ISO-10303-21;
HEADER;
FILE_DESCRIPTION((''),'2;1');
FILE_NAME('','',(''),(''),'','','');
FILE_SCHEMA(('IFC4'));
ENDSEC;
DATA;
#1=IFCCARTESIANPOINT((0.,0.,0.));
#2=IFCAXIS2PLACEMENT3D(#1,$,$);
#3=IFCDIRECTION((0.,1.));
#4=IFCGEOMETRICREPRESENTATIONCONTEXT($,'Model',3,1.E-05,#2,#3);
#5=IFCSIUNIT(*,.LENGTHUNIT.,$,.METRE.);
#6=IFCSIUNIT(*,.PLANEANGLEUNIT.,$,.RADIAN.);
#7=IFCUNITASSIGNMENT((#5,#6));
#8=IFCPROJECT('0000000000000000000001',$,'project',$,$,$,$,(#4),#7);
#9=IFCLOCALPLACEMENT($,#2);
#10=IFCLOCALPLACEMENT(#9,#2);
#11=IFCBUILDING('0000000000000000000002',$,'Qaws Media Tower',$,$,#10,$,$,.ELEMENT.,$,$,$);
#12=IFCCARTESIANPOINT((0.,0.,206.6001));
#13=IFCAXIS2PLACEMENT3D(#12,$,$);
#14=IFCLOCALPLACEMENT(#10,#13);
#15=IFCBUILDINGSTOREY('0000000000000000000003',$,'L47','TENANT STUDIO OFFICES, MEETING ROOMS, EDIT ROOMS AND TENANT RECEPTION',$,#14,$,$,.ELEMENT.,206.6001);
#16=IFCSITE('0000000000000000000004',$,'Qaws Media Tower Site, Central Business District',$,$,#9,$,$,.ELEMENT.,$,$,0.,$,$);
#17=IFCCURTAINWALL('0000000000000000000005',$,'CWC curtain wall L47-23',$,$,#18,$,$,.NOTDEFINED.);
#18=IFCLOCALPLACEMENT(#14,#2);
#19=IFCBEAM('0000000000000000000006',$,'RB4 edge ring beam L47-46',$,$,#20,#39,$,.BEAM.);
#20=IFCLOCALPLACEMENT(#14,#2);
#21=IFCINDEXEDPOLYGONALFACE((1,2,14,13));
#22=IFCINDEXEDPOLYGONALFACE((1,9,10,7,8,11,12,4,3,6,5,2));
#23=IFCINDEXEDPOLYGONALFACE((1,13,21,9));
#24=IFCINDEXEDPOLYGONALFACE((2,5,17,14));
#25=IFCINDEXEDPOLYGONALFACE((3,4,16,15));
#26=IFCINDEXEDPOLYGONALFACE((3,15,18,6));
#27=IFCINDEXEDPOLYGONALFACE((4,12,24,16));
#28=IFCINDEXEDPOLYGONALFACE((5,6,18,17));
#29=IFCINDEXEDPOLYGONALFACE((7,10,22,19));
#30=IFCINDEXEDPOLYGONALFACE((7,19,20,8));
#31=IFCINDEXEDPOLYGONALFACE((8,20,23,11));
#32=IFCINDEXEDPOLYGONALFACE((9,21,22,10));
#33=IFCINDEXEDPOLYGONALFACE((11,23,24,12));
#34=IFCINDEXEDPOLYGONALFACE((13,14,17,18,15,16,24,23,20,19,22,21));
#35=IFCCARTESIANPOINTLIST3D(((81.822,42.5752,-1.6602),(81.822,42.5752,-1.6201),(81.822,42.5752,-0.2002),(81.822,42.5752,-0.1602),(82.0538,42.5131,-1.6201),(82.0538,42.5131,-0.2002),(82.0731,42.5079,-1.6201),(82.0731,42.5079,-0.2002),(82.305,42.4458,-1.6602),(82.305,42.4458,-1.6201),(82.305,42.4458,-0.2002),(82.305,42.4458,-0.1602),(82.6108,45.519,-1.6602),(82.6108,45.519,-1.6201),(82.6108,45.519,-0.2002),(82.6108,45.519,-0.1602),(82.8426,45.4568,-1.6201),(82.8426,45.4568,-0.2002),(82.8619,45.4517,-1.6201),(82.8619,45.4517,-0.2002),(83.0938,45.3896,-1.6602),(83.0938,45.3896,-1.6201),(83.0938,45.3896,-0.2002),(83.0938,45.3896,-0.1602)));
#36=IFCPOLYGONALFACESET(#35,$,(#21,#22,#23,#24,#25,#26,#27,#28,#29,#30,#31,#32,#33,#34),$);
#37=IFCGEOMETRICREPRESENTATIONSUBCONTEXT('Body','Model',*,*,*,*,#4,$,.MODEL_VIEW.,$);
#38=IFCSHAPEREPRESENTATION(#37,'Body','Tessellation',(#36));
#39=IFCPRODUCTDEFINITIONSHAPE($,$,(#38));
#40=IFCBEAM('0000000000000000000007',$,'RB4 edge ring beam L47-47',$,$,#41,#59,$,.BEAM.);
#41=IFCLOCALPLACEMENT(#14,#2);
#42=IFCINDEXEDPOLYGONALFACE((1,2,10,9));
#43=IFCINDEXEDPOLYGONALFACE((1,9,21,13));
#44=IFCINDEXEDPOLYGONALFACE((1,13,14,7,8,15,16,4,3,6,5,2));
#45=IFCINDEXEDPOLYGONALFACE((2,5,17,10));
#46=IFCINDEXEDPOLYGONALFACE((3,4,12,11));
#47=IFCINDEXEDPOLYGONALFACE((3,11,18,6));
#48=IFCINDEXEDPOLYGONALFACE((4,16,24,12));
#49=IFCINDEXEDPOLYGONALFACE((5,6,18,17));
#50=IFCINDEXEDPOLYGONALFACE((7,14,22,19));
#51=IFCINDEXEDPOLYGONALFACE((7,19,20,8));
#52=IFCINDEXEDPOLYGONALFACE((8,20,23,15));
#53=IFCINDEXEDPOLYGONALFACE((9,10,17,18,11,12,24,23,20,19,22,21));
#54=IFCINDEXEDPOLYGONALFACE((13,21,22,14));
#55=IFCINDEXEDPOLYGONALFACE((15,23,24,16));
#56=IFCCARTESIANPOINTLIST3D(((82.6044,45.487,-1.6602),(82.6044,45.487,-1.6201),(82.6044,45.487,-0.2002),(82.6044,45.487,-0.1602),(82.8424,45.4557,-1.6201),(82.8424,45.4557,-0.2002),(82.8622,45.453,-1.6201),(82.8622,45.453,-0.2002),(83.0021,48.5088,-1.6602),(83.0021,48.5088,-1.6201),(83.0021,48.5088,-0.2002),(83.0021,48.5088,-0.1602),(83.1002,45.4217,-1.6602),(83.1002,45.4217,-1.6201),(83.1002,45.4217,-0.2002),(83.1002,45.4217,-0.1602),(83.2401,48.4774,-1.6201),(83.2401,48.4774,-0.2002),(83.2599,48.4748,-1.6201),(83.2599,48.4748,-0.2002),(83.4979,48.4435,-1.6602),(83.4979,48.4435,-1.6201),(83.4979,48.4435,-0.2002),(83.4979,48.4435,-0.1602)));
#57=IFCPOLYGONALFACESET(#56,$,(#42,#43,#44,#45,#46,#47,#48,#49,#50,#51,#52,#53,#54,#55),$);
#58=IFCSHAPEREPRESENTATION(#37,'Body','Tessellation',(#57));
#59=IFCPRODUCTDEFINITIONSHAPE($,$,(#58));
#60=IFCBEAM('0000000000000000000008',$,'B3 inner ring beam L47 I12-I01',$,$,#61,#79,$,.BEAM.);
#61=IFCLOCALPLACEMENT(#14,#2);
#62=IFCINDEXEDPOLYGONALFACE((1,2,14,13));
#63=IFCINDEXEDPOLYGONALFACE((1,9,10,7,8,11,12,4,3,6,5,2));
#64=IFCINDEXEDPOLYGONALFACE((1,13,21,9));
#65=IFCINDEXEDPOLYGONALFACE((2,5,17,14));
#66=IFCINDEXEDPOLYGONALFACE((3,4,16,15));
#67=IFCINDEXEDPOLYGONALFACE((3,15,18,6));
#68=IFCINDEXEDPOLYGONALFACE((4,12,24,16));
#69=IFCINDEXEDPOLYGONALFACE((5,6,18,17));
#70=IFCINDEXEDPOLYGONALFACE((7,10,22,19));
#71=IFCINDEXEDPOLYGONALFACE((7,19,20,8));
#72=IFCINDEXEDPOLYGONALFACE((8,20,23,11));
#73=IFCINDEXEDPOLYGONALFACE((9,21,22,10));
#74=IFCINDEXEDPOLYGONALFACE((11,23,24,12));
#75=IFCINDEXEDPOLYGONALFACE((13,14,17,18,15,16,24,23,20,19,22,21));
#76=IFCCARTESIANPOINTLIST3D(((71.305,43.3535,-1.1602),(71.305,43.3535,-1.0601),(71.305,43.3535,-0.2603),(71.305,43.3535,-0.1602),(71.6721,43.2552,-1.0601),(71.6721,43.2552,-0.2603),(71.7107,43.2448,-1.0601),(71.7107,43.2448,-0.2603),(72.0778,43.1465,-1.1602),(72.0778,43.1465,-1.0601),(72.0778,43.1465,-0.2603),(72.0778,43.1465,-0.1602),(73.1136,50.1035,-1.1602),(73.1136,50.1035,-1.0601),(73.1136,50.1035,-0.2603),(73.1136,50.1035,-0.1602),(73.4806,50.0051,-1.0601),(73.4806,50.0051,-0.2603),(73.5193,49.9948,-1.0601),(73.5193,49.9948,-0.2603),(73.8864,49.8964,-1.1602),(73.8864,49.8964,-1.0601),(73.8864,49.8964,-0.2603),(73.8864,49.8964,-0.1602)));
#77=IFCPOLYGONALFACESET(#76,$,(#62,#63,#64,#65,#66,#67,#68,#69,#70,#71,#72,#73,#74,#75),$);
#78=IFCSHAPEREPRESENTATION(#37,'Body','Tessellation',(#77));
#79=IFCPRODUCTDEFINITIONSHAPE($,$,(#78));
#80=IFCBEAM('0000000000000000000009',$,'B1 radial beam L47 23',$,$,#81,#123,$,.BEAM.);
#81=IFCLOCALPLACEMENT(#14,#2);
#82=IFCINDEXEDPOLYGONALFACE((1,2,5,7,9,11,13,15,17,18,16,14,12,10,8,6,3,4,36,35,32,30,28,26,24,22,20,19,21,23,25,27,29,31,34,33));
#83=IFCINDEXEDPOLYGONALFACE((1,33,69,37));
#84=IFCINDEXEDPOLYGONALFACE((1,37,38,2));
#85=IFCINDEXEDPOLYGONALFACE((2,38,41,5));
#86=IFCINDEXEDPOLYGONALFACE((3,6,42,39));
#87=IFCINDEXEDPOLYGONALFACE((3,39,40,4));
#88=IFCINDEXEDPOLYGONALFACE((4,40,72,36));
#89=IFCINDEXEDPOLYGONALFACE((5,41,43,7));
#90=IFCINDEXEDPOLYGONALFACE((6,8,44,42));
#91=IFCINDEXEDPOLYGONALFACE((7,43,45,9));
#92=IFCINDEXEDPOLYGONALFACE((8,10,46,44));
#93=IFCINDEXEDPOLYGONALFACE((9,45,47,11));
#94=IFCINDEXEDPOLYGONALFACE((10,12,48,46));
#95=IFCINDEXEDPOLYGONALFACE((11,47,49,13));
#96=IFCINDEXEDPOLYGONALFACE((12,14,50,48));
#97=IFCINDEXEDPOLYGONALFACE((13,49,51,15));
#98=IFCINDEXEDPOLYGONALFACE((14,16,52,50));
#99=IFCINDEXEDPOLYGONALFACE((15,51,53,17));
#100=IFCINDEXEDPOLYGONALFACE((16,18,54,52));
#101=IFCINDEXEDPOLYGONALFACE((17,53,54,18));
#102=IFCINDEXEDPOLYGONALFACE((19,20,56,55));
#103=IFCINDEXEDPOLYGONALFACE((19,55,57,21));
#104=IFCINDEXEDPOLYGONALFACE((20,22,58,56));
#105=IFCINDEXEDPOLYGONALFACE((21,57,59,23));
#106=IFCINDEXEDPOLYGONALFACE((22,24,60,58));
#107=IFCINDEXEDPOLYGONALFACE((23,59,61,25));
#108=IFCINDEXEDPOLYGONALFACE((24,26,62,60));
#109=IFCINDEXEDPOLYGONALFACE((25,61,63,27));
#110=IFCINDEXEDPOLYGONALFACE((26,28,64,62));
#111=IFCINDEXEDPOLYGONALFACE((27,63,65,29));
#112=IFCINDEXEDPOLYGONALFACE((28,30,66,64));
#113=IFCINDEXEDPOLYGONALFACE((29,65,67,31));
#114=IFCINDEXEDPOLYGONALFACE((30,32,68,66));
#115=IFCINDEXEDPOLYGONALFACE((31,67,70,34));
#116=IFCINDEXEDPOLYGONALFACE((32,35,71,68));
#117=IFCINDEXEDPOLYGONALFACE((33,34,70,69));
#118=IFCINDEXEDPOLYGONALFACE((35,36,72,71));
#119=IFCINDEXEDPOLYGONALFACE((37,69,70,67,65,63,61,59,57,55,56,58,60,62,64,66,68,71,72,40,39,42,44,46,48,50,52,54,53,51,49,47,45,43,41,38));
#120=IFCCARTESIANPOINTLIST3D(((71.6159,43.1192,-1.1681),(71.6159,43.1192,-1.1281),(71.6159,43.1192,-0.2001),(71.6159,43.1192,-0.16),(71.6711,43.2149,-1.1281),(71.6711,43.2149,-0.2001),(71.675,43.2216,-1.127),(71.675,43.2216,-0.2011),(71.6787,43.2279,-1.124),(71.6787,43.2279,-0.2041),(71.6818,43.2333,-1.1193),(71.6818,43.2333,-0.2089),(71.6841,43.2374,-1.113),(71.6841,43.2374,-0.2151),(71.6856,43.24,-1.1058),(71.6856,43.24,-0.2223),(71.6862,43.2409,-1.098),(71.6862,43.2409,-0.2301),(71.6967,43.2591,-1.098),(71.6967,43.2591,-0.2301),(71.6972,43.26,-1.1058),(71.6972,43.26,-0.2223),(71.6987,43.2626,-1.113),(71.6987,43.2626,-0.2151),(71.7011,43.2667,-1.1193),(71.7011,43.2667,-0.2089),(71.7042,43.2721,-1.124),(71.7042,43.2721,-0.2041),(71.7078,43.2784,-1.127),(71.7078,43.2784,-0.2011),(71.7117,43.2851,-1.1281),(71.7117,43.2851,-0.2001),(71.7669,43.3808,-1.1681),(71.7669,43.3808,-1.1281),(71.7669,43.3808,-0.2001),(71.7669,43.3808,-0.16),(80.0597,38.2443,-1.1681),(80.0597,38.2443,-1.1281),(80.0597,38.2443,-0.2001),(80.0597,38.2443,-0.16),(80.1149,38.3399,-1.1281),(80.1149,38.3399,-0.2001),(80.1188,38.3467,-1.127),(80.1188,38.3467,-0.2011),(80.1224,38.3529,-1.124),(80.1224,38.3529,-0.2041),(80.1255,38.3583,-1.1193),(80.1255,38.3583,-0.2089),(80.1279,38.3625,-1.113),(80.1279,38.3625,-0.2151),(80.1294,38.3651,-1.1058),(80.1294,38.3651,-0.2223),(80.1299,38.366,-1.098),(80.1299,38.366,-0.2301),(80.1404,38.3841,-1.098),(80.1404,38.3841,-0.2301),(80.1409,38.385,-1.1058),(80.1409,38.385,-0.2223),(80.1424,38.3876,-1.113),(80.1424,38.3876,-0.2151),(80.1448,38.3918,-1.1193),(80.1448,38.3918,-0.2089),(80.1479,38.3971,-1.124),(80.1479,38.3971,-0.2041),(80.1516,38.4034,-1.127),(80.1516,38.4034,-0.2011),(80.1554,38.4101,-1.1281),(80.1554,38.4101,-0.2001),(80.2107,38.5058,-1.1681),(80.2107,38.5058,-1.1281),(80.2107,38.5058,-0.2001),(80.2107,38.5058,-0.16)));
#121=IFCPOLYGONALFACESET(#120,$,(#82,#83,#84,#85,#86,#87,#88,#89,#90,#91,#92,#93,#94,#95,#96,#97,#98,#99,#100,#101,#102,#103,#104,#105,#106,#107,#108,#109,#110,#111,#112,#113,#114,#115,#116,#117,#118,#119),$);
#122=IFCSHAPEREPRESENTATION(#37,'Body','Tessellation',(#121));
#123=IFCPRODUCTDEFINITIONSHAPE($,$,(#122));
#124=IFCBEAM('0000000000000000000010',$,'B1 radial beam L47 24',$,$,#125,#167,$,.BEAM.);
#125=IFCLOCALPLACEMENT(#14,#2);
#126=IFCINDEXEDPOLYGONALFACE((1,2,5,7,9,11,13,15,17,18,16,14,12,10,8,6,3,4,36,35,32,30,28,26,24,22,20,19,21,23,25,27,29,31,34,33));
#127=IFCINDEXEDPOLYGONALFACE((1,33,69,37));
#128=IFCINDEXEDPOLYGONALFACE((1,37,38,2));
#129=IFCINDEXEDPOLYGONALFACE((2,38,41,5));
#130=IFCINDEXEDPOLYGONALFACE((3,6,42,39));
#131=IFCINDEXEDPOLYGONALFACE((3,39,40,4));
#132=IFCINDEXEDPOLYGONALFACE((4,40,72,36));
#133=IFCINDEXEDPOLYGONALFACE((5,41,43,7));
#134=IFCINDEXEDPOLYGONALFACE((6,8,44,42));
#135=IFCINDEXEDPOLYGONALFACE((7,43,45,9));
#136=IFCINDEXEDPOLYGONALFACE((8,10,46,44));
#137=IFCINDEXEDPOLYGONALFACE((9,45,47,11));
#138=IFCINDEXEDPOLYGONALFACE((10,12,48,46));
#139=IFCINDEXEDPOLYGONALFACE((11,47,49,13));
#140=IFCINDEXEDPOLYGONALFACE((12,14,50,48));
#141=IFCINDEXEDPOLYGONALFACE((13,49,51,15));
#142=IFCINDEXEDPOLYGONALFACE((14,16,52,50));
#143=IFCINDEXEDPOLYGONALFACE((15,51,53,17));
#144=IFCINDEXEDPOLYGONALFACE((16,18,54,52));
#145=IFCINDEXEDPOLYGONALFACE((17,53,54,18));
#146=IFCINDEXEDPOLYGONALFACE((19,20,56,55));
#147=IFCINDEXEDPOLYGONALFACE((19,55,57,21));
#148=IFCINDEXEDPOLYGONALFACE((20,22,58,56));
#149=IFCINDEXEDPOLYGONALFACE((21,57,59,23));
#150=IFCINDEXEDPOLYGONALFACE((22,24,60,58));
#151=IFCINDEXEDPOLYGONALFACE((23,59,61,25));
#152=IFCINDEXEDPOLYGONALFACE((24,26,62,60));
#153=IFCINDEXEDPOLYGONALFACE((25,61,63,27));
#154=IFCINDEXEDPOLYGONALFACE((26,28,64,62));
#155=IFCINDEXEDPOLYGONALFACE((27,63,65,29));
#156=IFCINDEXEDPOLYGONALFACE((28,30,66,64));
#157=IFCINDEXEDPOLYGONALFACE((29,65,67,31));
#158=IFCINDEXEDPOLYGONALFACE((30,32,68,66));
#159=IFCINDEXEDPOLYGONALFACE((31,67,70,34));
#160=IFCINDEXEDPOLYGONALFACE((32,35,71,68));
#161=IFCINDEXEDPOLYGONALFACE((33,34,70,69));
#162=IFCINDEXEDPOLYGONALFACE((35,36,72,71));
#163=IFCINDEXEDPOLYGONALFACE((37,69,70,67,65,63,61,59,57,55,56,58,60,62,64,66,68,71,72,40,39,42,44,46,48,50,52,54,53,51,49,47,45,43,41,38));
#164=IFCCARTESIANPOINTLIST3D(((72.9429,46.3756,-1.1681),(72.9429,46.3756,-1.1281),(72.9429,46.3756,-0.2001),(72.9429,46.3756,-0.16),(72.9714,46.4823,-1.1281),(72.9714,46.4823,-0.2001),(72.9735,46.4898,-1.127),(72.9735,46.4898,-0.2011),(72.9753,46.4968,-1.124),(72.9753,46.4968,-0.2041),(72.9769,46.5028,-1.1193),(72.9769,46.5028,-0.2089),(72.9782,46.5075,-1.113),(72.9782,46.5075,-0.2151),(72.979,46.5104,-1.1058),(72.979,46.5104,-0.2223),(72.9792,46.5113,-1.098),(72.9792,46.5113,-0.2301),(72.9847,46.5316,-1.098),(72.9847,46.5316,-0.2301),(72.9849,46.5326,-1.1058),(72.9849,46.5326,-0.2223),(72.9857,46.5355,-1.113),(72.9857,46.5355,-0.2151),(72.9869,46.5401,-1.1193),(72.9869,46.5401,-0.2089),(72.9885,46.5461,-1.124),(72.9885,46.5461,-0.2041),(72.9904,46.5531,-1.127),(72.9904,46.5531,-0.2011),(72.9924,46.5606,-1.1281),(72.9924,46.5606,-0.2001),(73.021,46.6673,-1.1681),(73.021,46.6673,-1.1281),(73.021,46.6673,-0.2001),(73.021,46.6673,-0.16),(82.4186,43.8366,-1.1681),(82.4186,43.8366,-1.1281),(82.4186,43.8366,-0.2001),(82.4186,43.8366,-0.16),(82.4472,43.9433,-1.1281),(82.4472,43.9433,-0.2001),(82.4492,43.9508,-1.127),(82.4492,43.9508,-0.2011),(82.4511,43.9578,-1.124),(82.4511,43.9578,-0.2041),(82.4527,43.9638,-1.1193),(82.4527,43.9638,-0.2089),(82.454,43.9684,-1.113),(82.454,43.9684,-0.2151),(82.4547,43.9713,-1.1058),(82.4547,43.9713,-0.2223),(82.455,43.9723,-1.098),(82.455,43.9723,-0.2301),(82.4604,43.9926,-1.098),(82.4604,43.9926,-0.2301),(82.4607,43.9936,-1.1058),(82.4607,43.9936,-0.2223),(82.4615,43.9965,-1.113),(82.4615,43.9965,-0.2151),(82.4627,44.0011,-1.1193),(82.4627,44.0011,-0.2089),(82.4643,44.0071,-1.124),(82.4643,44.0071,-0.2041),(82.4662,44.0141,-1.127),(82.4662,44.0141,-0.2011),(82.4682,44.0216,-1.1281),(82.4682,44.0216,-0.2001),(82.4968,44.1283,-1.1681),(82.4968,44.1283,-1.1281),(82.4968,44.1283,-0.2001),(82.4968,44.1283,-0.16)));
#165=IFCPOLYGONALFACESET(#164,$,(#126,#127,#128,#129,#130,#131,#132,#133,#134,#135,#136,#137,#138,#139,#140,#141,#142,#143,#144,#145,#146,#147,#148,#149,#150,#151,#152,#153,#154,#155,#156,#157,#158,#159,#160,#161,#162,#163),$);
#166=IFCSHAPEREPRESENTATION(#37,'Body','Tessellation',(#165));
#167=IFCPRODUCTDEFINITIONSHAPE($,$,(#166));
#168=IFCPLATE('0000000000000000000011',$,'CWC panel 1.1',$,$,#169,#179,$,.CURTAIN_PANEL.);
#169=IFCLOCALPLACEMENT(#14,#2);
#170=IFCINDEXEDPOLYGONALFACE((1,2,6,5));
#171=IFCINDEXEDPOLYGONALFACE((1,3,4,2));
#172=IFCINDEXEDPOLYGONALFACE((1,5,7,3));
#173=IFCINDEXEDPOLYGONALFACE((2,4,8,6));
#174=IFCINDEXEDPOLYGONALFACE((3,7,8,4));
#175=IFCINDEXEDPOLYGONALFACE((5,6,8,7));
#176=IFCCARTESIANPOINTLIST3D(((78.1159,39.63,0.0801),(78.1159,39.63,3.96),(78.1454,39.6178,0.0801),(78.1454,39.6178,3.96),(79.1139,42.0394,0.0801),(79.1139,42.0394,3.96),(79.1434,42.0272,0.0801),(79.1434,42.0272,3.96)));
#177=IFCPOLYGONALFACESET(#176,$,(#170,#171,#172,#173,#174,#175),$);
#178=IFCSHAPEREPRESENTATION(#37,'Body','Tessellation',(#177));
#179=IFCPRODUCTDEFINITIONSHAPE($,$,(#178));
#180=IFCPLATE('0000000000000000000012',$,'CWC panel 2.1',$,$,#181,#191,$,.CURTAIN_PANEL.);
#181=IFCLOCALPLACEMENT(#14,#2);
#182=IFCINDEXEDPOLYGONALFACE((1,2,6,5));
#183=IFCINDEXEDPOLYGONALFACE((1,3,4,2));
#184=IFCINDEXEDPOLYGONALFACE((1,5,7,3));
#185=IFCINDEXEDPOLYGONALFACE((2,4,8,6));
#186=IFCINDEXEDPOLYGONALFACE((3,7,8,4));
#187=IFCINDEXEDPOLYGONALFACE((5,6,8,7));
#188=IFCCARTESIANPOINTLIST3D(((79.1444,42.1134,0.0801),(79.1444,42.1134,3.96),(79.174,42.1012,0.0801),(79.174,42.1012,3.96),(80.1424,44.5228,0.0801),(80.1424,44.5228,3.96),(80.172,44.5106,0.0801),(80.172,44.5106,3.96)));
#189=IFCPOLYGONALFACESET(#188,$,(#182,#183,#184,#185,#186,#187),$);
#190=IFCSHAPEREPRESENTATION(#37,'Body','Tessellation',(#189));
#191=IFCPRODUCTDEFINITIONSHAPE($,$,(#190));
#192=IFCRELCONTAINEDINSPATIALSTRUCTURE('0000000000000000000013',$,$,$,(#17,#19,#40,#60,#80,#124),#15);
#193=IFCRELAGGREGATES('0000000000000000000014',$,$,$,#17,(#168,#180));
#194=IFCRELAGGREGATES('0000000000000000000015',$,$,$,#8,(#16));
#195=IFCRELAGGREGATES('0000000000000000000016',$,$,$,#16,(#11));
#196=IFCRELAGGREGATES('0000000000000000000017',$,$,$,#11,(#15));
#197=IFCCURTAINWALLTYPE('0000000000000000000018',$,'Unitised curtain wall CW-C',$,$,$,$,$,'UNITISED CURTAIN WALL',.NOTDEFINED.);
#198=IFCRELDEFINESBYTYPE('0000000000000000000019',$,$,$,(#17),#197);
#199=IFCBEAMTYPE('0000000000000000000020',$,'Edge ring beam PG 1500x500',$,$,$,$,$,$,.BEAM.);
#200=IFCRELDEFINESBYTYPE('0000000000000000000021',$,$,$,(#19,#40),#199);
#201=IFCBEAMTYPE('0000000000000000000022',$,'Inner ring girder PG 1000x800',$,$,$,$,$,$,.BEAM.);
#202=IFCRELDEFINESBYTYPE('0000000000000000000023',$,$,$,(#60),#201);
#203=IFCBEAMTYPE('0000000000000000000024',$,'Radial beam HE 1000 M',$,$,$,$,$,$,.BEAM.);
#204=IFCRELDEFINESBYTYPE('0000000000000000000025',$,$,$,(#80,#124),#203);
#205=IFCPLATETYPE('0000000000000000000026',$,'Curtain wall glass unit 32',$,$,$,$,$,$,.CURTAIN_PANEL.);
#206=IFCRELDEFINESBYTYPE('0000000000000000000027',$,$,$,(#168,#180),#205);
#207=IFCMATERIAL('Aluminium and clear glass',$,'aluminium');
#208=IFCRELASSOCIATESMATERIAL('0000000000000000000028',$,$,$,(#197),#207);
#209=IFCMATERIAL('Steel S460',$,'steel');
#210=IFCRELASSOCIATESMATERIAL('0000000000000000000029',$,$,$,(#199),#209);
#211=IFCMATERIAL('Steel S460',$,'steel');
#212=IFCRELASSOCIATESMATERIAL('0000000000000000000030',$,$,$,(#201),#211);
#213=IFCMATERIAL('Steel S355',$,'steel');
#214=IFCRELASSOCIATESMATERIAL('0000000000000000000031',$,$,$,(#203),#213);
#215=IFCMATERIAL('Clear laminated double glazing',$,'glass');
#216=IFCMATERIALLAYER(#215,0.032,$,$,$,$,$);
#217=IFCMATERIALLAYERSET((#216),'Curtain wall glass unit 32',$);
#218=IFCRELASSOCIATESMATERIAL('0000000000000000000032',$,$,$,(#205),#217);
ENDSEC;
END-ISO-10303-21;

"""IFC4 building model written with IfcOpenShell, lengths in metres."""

from ifc_helpers import new_model, si_unit, direction, frame, origin, origin_2d, place, context, subcontext, project, spatial, rectangle, i_section, extrude, material, layer, layer_set, material_profile, profile_set, type_object, element, aggregate, save


model = new_model("IFC4")

# Units and contexts
model_context = context("Model", 3, precision=1e-05, world=origin(), true_north=direction((0.0, 1.0)))
body_context = subcontext(model_context, "Body", "Model", "MODEL_VIEW")
ifc_project = project(units=[si_unit("LENGTHUNIT", "METRE"), si_unit("PLANEANGLEUNIT", "RADIAN")], contexts=[model_context])

# Site, building, storey
site_placement = place(None, origin())
site = spatial("IfcSite", under=ifc_project, at=site_placement, Name="Qaws Media Tower Site, Central Business District", CompositionType="ELEMENT", RefElevation=0.0)
building_placement = place(site_placement, origin())
building = spatial("IfcBuilding", under=site, at=building_placement, Name="Qaws Media Tower", CompositionType="ELEMENT")
storey_placement = place(building_placement, frame((0.0, 0.0, 206.6001)))
storey = spatial("IfcBuildingStorey", under=building, at=storey_placement, Name="L47", Description="TENANT STUDIO OFFICES, MEETING ROOMS, EDIT ROOMS AND TENANT RECEPTION", CompositionType="ELEMENT", Elevation=206.6001)

# Curtain wall
ifc_material_1 = material(Name="Aluminium and clear glass", Category="aluminium")
curtain_wall_type = type_object("IfcCurtainWallType", Name="Unitised curtain wall CW-C", ElementType="UNITISED CURTAIN WALL", PredefinedType="NOTDEFINED", material=ifc_material_1)
curtain_wall_1_placement = place(storey_placement, origin())
curtain_wall_1 = element("IfcCurtainWall", 1, at=curtain_wall_1_placement, inside=storey, type_object=curtain_wall_type, Name="CWC curtain wall L47-23", PredefinedType="NOTDEFINED")

# Beams
ifc_material_2 = material(Name="Steel S460", Category="steel")
ifc_material_profile_1 = material_profile(ifc_material_2, i_section(OverallWidth=0.5, OverallDepth=1.5, WebThickness=0.02, FlangeThickness=0.04, at=origin_2d()), Name="PG 1500x500")
ifc_profile_set_1 = profile_set([ifc_material_profile_1], Name="Steel S460")
beam_type_1 = type_object("IfcBeamType", Name="Edge ring beam PG 1500x500", PredefinedType="BEAM", material=ifc_profile_set_1)
beam_1_placement = place(storey_placement, frame((82.0635, 42.5105, -0.9102), z_axis=(0.258824, 0.965924, 0.0), x_axis=(-0.965924, 0.258824, 0.0)))
element("IfcBeam", 2, at=beam_1_placement, inside=storey, type_object=beam_type_1, Name="RB4 edge ring beam L47-46", PredefinedType="BEAM", context=body_context, shape_type="SweptSolid", body=[
    extrude(i_section(OverallWidth=0.5, OverallDepth=1.5, WebThickness=0.02, FlangeThickness=0.04, at=origin_2d()), origin(), (0.0, 0.0, 1.0), 3.0476),
])
beam_2_placement = place(storey_placement, frame((82.8523, 45.4543, -0.9102), z_axis=(0.13049, 0.99145, 0.0), x_axis=(-0.99145, 0.13049, 0.0)))
element("IfcBeam", 3, at=beam_2_placement, inside=storey, type_object=beam_type_1, Name="RB4 edge ring beam L47-47", PredefinedType="BEAM", context=body_context, shape_type="SweptSolid", body=[
    extrude(i_section(OverallWidth=0.5, OverallDepth=1.5, WebThickness=0.02, FlangeThickness=0.04, at=origin_2d()), origin(), (0.0, 0.0, 1.0), 3.0479),
])
ifc_material_3 = material(Name="Steel S460", Category="steel")
ifc_material_profile_2 = material_profile(ifc_material_3, i_section(OverallWidth=0.8, OverallDepth=1.0, WebThickness=0.04, FlangeThickness=0.1001, at=origin_2d()), Name="PG 1000x800")
ifc_profile_set_2 = profile_set([ifc_material_profile_2], Name="Steel S460")
beam_type_2 = type_object("IfcBeamType", Name="Inner ring girder PG 1000x800", PredefinedType="BEAM", material=ifc_profile_set_2)
beam_3_placement = place(storey_placement, frame((71.6914, 43.25, -0.6602), z_axis=(0.258811, 0.965928, 0.0), x_axis=(-0.965928, 0.258811, 0.0)))
element("IfcBeam", 4, at=beam_3_placement, inside=storey, type_object=beam_type_2, Name="B3 inner ring beam L47 I12-I01", PredefinedType="BEAM", context=body_context, shape_type="SweptSolid", body=[
    extrude(i_section(OverallWidth=0.8, OverallDepth=1.0, WebThickness=0.04, FlangeThickness=0.1001, at=origin_2d()), origin(), (0.0, 0.0, 1.0), 6.988),
])
ifc_material_4 = material(Name="Steel S355", Category="steel")
ifc_material_profile_3 = material_profile(ifc_material_4, i_section(OverallWidth=0.302, OverallDepth=1.0081, WebThickness=0.021, FlangeThickness=0.04, FilletRadius=0.03, at=origin_2d()), Name="HE 1000 M")
ifc_profile_set_3 = profile_set([ifc_material_profile_3], Name="Steel S355")
beam_type_3 = type_object("IfcBeamType", Name="Radial beam HE 1000 M", PredefinedType="BEAM", material=ifc_profile_set_3)
beam_4_placement = place(storey_placement, frame((71.6914, 43.25, -0.6641), z_axis=(0.866028, -0.499996, 0.0), x_axis=(0.499996, 0.866028, 0.0)))
element("IfcBeam", 5, at=beam_4_placement, inside=storey, type_object=beam_type_3, Name="B1 radial beam L47 23", PredefinedType="BEAM", context=body_context, shape_type="SweptSolid", body=[
    extrude(i_section(OverallWidth=0.302, OverallDepth=1.0081, WebThickness=0.021, FlangeThickness=0.04, FilletRadius=0.03, at=origin_2d()), origin(), (0.0, 0.0, 1.0), 9.75),
])
beam_5_placement = place(storey_placement, frame((72.9819, 46.5215, -0.6641), z_axis=(0.965925, -0.258821, 0.0), x_axis=(0.258821, 0.965925, 0.0)))
element("IfcBeam", 6, at=beam_5_placement, inside=storey, type_object=beam_type_3, Name="B1 radial beam L47 24", PredefinedType="BEAM", context=body_context, shape_type="SweptSolid", body=[
    extrude(i_section(OverallWidth=0.302, OverallDepth=1.0081, WebThickness=0.021, FlangeThickness=0.04, FilletRadius=0.03, at=origin_2d()), origin(), (0.0, 0.0, 1.0), 9.8101),
])

# Plates
ifc_material_5 = material(Name="Clear laminated double glazing", Category="glass")
ifc_layer_1 = layer(ifc_material_5, 0.032)
ifc_layer_set_1 = layer_set([ifc_layer_1], Name="Curtain wall glass unit 32")
plate_type_1 = type_object("IfcPlateType", Name="Curtain wall glass unit 32", PredefinedType="CURTAIN_PANEL", material=ifc_layer_set_1)
plate_1_placement = place(storey_placement, frame((78.6296, 40.8286, 0.0801), z_axis=(0.0, 0.0, 1.0), x_axis=(0.382683, 0.92388, 0.0)))
plate_1 = element("IfcPlate", 7, at=plate_1_placement, type_object=plate_type_1, Name="CWC panel 1.1", PredefinedType="CURTAIN_PANEL", context=body_context, shape_type="SweptSolid", body=[
    extrude(rectangle(XDim=2.6079, YDim=0.032, at=origin_2d()), origin(), (0.0, 0.0, 1.0), 3.8799),
])
plate_2_placement = place(storey_placement, frame((79.6582, 43.312, 0.0801), z_axis=(0.0, 0.0, 1.0), x_axis=(0.382683, 0.92388, 0.0)))
plate_2 = element("IfcPlate", 8, at=plate_2_placement, type_object=plate_type_1, Name="CWC panel 2.1", PredefinedType="CURTAIN_PANEL", context=body_context, shape_type="SweptSolid", body=[
    extrude(rectangle(XDim=2.6079, YDim=0.032, at=origin_2d()), origin(), (0.0, 0.0, 1.0), 3.8799),
])
aggregate(curtain_wall_1, [plate_1, plate_2])

save(model, "model.ifc")
